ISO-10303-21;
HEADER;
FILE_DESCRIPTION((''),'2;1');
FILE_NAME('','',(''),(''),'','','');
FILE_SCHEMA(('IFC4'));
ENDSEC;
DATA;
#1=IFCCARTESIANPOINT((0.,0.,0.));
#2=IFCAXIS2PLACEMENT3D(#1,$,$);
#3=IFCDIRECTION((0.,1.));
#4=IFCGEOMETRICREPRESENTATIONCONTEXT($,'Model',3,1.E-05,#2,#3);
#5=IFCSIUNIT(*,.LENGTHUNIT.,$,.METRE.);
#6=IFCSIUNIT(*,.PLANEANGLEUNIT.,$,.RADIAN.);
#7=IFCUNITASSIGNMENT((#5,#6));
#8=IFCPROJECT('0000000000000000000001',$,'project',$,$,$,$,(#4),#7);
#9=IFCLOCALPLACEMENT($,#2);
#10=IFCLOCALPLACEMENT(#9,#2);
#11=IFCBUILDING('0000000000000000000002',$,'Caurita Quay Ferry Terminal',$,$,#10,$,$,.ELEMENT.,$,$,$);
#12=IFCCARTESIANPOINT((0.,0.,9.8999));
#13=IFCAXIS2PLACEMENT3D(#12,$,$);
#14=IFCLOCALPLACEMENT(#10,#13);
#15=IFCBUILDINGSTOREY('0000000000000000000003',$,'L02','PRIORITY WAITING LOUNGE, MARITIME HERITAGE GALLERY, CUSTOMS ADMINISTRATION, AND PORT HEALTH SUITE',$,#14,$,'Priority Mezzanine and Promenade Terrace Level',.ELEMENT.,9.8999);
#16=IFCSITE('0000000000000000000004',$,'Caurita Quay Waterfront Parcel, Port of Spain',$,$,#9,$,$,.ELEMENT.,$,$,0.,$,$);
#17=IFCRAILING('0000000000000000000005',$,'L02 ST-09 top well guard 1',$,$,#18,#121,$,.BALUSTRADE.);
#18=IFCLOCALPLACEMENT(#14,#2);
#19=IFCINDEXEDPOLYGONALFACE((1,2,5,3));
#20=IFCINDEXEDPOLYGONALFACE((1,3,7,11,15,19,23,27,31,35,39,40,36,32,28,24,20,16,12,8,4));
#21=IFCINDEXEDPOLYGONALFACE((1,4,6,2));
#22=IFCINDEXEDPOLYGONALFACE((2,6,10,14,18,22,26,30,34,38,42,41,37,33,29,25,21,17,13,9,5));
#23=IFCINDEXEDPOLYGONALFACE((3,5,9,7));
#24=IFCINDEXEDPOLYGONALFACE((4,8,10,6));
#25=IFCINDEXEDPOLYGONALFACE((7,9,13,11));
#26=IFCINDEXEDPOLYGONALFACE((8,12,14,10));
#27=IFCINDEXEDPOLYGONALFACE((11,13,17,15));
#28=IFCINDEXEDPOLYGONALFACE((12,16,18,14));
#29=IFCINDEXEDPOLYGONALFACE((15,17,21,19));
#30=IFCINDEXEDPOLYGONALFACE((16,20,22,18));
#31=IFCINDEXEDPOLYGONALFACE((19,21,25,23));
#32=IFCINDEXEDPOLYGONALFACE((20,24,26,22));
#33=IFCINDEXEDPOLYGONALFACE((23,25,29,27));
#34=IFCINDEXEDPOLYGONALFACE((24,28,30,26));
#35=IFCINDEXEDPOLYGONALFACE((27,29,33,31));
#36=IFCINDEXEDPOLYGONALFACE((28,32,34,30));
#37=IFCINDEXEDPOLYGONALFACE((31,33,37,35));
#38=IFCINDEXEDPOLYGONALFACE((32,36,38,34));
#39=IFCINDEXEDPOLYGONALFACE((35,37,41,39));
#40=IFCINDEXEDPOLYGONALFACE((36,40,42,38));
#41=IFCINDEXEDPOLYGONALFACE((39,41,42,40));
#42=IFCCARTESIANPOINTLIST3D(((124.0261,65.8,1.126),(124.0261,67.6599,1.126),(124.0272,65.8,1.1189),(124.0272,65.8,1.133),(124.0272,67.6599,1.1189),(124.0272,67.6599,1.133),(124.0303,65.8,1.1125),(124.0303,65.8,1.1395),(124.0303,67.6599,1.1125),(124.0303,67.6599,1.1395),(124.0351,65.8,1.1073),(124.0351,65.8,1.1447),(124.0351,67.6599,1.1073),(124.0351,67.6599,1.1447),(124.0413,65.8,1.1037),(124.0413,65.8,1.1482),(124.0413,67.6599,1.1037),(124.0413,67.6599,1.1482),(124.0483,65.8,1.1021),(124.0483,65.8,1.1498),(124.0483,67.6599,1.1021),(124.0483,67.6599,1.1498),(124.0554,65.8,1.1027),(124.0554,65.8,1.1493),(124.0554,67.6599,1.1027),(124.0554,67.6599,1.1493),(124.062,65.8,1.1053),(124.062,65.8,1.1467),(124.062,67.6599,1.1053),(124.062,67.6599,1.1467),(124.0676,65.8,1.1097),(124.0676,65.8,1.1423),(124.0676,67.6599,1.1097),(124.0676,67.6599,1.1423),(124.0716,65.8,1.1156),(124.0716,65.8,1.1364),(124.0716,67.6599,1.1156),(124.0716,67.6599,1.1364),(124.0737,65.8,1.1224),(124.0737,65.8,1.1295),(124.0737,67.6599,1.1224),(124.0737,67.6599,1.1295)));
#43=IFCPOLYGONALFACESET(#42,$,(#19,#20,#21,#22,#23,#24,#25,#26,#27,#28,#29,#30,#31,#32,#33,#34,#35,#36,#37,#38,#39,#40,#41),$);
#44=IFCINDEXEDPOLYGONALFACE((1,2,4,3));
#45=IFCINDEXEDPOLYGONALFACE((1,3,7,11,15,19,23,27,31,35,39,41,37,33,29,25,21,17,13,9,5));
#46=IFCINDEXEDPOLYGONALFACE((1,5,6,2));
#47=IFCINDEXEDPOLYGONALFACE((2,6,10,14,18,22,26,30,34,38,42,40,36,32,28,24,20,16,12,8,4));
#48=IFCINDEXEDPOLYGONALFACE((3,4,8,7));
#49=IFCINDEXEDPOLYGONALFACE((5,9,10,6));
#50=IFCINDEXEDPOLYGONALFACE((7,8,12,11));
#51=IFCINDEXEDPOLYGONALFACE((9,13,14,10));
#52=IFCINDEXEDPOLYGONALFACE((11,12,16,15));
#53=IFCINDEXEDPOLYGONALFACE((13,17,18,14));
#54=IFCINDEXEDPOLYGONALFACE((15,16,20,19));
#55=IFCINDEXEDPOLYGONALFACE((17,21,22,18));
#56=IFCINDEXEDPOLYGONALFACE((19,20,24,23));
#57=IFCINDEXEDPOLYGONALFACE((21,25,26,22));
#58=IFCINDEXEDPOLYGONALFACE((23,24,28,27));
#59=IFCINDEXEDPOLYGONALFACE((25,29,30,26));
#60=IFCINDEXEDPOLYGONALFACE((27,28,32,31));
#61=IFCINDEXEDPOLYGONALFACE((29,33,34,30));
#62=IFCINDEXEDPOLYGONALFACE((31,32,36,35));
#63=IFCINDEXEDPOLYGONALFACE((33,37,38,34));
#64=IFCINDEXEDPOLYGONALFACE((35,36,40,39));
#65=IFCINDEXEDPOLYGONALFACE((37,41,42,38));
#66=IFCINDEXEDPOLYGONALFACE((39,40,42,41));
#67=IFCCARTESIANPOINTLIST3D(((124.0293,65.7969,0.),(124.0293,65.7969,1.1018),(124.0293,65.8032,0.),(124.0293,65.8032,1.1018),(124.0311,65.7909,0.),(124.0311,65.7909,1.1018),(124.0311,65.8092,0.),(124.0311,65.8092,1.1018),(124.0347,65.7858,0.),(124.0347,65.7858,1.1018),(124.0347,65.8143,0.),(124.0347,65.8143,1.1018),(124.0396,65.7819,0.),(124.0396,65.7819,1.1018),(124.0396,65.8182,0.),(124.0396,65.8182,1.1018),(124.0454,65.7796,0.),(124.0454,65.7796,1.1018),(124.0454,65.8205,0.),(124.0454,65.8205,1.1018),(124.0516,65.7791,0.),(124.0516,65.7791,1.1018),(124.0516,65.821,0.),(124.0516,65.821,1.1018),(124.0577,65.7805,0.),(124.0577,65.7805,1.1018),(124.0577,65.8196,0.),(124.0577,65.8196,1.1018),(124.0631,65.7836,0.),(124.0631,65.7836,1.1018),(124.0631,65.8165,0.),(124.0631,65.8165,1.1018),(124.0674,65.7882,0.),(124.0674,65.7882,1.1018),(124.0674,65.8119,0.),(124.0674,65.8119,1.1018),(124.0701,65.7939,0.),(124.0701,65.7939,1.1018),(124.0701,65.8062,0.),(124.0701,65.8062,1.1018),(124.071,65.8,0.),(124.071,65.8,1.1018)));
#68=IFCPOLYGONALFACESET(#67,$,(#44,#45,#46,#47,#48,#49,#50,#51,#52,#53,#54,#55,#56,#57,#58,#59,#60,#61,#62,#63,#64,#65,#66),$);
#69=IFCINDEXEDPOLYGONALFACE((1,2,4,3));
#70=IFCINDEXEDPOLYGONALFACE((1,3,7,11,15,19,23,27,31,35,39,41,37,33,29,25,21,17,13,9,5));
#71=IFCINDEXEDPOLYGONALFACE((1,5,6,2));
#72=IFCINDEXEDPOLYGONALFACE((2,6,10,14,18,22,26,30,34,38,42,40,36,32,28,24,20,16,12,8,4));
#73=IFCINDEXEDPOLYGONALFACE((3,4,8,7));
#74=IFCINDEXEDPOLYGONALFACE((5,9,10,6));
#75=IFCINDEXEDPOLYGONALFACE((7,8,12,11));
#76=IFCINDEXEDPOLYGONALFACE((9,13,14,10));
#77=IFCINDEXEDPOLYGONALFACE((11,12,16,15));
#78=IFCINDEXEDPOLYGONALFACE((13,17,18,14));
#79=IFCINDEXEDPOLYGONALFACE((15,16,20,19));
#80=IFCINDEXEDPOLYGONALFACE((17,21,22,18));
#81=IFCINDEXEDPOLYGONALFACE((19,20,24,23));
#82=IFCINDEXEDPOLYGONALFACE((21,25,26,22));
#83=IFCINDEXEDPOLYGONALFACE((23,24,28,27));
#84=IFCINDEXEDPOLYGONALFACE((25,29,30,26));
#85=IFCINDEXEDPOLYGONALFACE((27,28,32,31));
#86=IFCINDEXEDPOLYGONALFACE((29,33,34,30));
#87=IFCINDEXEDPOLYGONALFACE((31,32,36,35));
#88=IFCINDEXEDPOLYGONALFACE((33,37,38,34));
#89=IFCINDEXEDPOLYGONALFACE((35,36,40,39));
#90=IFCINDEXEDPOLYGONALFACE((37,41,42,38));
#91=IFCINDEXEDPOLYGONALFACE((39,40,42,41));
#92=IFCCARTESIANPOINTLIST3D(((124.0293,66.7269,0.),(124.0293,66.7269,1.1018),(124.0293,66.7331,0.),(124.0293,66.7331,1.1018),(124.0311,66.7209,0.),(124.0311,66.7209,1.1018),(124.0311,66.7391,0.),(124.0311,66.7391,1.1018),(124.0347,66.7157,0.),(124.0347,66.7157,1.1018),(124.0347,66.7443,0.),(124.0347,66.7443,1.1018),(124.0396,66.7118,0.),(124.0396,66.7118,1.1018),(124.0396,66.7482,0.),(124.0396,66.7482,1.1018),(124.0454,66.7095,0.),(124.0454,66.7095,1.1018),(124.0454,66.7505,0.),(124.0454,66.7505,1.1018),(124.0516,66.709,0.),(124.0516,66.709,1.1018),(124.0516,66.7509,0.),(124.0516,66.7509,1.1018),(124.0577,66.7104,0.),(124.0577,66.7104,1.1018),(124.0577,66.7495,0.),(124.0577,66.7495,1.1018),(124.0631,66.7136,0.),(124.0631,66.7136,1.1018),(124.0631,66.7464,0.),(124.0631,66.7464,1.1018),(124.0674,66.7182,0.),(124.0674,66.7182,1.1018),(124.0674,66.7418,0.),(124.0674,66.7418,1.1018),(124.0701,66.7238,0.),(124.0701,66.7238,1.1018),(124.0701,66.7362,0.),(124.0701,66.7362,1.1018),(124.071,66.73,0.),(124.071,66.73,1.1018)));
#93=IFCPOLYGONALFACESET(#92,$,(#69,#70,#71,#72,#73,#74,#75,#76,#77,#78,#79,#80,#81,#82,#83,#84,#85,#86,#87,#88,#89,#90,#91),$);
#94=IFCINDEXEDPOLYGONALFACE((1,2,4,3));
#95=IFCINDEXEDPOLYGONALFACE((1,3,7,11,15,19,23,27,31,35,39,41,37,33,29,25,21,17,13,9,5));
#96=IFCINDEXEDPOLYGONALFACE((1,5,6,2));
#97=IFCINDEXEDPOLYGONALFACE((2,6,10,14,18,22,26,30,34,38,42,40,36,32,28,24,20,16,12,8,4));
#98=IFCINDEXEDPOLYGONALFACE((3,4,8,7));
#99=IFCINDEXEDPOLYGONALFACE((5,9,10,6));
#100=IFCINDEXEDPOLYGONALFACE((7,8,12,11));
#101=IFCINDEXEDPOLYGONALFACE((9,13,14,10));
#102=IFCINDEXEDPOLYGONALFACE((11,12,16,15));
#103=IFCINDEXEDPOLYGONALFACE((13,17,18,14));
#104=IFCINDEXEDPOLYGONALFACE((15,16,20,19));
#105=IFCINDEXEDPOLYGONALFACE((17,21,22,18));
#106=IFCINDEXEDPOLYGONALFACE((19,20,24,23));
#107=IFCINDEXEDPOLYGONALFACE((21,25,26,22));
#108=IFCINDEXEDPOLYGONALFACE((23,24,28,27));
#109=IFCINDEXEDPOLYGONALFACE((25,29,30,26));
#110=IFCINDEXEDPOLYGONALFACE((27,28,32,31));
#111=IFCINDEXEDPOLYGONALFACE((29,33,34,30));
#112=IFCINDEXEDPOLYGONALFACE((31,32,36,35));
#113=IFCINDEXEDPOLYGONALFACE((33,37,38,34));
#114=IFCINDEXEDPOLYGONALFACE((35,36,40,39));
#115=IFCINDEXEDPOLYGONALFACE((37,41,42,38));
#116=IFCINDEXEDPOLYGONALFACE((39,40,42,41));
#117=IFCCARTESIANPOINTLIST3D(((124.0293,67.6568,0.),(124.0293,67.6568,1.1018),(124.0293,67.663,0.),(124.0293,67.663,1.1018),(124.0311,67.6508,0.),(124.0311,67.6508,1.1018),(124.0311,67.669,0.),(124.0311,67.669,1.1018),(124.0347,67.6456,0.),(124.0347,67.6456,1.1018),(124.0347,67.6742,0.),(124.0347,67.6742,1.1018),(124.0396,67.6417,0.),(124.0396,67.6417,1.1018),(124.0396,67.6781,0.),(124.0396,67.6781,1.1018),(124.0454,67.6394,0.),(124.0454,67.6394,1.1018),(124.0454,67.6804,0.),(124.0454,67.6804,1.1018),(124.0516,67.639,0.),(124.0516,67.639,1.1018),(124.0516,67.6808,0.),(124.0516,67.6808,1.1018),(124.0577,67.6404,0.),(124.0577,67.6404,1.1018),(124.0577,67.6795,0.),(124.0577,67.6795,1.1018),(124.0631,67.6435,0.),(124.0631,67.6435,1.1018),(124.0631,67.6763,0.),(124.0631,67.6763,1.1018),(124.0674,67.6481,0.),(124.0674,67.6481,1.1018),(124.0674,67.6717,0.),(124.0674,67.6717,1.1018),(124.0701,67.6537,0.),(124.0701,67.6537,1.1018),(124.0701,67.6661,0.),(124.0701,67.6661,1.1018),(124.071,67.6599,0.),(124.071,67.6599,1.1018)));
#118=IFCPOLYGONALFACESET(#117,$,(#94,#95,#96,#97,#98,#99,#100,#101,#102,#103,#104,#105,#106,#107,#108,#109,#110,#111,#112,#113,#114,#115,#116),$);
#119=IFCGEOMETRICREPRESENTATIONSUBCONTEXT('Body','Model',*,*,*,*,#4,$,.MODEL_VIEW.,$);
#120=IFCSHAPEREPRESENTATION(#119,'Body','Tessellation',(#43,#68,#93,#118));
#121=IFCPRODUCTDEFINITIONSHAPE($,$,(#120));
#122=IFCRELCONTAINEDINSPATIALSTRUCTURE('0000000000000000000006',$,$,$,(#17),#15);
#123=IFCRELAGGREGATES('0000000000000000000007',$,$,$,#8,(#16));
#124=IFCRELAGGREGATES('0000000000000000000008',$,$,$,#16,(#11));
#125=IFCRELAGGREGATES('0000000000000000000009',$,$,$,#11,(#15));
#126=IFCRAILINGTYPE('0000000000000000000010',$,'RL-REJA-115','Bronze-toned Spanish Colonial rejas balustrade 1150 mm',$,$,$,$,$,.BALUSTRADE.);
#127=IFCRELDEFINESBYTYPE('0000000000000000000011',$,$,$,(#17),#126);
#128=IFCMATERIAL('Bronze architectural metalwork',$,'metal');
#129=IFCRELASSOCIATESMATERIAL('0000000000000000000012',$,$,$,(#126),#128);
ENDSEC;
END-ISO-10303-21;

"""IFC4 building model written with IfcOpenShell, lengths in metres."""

from ifc_helpers import new_model, si_unit, direction, frame, origin, origin_2d, place, context, subcontext, project, spatial, circle, extrude, material, type_object, element, save


model = new_model("IFC4")

# Units and contexts
model_context = context("Model", 3, precision=1e-05, world=origin(), true_north=direction((0.0, 1.0)))
body_context = subcontext(model_context, "Body", "Model", "MODEL_VIEW")
ifc_project = project(units=[si_unit("LENGTHUNIT", "METRE"), si_unit("PLANEANGLEUNIT", "RADIAN")], contexts=[model_context])

# Site, building, storey
site_placement = place(None, origin())
site = spatial("IfcSite", under=ifc_project, at=site_placement, Name="Caurita Quay Waterfront Parcel, Port of Spain", CompositionType="ELEMENT", RefElevation=0.0)
building_placement = place(site_placement, origin())
building = spatial("IfcBuilding", under=site, at=building_placement, Name="Caurita Quay Ferry Terminal", CompositionType="ELEMENT")
storey_placement = place(building_placement, frame((0.0, 0.0, 9.8999)))
storey = spatial("IfcBuildingStorey", under=building, at=storey_placement, Name="L02", Description="PRIORITY WAITING LOUNGE, MARITIME HERITAGE GALLERY, CUSTOMS ADMINISTRATION, AND PORT HEALTH SUITE", LongName="Priority Mezzanine and Promenade Terrace Level", CompositionType="ELEMENT", Elevation=9.8999)

# Railing
ifc_material_1 = material(Name="Bronze architectural metalwork", Category="metal")
railing_type = type_object("IfcRailingType", Name="RL-REJA-115", Description="Bronze-toned Spanish Colonial rejas balustrade 1150 mm", PredefinedType="BALUSTRADE", material=ifc_material_1)
railing_1_placement = place(storey_placement, frame((124.05, 65.8, 0.0)))
element("IfcRailing", 1, at=railing_1_placement, inside=storey, type_object=railing_type, Name="L02 ST-09 top well guard 1", PredefinedType="BALUSTRADE", context=body_context, shape_type="SweptSolid", body=[
    extrude(circle(Radius=0.0239, at=origin_2d()), frame((0.0, 0.0, 1.126), z_axis=(0.0, 1.0, 0.0), x_axis=(-1.0, 0.0, 0.0)), (0.0, 0.0, 1.0), 1.8599),
    extrude(circle(Radius=0.021, at=origin_2d()), origin(), (0.0, 0.0, 1.0), 1.1018),
    extrude(circle(Radius=0.021, at=origin_2d()), frame((0.0, 0.9299, 0.0)), (0.0, 0.0, 1.0), 1.1018),
    extrude(circle(Radius=0.021, at=origin_2d()), frame((0.0, 1.8599, 0.0)), (0.0, 0.0, 1.0), 1.1018),
])

save(model, "model.ifc")
